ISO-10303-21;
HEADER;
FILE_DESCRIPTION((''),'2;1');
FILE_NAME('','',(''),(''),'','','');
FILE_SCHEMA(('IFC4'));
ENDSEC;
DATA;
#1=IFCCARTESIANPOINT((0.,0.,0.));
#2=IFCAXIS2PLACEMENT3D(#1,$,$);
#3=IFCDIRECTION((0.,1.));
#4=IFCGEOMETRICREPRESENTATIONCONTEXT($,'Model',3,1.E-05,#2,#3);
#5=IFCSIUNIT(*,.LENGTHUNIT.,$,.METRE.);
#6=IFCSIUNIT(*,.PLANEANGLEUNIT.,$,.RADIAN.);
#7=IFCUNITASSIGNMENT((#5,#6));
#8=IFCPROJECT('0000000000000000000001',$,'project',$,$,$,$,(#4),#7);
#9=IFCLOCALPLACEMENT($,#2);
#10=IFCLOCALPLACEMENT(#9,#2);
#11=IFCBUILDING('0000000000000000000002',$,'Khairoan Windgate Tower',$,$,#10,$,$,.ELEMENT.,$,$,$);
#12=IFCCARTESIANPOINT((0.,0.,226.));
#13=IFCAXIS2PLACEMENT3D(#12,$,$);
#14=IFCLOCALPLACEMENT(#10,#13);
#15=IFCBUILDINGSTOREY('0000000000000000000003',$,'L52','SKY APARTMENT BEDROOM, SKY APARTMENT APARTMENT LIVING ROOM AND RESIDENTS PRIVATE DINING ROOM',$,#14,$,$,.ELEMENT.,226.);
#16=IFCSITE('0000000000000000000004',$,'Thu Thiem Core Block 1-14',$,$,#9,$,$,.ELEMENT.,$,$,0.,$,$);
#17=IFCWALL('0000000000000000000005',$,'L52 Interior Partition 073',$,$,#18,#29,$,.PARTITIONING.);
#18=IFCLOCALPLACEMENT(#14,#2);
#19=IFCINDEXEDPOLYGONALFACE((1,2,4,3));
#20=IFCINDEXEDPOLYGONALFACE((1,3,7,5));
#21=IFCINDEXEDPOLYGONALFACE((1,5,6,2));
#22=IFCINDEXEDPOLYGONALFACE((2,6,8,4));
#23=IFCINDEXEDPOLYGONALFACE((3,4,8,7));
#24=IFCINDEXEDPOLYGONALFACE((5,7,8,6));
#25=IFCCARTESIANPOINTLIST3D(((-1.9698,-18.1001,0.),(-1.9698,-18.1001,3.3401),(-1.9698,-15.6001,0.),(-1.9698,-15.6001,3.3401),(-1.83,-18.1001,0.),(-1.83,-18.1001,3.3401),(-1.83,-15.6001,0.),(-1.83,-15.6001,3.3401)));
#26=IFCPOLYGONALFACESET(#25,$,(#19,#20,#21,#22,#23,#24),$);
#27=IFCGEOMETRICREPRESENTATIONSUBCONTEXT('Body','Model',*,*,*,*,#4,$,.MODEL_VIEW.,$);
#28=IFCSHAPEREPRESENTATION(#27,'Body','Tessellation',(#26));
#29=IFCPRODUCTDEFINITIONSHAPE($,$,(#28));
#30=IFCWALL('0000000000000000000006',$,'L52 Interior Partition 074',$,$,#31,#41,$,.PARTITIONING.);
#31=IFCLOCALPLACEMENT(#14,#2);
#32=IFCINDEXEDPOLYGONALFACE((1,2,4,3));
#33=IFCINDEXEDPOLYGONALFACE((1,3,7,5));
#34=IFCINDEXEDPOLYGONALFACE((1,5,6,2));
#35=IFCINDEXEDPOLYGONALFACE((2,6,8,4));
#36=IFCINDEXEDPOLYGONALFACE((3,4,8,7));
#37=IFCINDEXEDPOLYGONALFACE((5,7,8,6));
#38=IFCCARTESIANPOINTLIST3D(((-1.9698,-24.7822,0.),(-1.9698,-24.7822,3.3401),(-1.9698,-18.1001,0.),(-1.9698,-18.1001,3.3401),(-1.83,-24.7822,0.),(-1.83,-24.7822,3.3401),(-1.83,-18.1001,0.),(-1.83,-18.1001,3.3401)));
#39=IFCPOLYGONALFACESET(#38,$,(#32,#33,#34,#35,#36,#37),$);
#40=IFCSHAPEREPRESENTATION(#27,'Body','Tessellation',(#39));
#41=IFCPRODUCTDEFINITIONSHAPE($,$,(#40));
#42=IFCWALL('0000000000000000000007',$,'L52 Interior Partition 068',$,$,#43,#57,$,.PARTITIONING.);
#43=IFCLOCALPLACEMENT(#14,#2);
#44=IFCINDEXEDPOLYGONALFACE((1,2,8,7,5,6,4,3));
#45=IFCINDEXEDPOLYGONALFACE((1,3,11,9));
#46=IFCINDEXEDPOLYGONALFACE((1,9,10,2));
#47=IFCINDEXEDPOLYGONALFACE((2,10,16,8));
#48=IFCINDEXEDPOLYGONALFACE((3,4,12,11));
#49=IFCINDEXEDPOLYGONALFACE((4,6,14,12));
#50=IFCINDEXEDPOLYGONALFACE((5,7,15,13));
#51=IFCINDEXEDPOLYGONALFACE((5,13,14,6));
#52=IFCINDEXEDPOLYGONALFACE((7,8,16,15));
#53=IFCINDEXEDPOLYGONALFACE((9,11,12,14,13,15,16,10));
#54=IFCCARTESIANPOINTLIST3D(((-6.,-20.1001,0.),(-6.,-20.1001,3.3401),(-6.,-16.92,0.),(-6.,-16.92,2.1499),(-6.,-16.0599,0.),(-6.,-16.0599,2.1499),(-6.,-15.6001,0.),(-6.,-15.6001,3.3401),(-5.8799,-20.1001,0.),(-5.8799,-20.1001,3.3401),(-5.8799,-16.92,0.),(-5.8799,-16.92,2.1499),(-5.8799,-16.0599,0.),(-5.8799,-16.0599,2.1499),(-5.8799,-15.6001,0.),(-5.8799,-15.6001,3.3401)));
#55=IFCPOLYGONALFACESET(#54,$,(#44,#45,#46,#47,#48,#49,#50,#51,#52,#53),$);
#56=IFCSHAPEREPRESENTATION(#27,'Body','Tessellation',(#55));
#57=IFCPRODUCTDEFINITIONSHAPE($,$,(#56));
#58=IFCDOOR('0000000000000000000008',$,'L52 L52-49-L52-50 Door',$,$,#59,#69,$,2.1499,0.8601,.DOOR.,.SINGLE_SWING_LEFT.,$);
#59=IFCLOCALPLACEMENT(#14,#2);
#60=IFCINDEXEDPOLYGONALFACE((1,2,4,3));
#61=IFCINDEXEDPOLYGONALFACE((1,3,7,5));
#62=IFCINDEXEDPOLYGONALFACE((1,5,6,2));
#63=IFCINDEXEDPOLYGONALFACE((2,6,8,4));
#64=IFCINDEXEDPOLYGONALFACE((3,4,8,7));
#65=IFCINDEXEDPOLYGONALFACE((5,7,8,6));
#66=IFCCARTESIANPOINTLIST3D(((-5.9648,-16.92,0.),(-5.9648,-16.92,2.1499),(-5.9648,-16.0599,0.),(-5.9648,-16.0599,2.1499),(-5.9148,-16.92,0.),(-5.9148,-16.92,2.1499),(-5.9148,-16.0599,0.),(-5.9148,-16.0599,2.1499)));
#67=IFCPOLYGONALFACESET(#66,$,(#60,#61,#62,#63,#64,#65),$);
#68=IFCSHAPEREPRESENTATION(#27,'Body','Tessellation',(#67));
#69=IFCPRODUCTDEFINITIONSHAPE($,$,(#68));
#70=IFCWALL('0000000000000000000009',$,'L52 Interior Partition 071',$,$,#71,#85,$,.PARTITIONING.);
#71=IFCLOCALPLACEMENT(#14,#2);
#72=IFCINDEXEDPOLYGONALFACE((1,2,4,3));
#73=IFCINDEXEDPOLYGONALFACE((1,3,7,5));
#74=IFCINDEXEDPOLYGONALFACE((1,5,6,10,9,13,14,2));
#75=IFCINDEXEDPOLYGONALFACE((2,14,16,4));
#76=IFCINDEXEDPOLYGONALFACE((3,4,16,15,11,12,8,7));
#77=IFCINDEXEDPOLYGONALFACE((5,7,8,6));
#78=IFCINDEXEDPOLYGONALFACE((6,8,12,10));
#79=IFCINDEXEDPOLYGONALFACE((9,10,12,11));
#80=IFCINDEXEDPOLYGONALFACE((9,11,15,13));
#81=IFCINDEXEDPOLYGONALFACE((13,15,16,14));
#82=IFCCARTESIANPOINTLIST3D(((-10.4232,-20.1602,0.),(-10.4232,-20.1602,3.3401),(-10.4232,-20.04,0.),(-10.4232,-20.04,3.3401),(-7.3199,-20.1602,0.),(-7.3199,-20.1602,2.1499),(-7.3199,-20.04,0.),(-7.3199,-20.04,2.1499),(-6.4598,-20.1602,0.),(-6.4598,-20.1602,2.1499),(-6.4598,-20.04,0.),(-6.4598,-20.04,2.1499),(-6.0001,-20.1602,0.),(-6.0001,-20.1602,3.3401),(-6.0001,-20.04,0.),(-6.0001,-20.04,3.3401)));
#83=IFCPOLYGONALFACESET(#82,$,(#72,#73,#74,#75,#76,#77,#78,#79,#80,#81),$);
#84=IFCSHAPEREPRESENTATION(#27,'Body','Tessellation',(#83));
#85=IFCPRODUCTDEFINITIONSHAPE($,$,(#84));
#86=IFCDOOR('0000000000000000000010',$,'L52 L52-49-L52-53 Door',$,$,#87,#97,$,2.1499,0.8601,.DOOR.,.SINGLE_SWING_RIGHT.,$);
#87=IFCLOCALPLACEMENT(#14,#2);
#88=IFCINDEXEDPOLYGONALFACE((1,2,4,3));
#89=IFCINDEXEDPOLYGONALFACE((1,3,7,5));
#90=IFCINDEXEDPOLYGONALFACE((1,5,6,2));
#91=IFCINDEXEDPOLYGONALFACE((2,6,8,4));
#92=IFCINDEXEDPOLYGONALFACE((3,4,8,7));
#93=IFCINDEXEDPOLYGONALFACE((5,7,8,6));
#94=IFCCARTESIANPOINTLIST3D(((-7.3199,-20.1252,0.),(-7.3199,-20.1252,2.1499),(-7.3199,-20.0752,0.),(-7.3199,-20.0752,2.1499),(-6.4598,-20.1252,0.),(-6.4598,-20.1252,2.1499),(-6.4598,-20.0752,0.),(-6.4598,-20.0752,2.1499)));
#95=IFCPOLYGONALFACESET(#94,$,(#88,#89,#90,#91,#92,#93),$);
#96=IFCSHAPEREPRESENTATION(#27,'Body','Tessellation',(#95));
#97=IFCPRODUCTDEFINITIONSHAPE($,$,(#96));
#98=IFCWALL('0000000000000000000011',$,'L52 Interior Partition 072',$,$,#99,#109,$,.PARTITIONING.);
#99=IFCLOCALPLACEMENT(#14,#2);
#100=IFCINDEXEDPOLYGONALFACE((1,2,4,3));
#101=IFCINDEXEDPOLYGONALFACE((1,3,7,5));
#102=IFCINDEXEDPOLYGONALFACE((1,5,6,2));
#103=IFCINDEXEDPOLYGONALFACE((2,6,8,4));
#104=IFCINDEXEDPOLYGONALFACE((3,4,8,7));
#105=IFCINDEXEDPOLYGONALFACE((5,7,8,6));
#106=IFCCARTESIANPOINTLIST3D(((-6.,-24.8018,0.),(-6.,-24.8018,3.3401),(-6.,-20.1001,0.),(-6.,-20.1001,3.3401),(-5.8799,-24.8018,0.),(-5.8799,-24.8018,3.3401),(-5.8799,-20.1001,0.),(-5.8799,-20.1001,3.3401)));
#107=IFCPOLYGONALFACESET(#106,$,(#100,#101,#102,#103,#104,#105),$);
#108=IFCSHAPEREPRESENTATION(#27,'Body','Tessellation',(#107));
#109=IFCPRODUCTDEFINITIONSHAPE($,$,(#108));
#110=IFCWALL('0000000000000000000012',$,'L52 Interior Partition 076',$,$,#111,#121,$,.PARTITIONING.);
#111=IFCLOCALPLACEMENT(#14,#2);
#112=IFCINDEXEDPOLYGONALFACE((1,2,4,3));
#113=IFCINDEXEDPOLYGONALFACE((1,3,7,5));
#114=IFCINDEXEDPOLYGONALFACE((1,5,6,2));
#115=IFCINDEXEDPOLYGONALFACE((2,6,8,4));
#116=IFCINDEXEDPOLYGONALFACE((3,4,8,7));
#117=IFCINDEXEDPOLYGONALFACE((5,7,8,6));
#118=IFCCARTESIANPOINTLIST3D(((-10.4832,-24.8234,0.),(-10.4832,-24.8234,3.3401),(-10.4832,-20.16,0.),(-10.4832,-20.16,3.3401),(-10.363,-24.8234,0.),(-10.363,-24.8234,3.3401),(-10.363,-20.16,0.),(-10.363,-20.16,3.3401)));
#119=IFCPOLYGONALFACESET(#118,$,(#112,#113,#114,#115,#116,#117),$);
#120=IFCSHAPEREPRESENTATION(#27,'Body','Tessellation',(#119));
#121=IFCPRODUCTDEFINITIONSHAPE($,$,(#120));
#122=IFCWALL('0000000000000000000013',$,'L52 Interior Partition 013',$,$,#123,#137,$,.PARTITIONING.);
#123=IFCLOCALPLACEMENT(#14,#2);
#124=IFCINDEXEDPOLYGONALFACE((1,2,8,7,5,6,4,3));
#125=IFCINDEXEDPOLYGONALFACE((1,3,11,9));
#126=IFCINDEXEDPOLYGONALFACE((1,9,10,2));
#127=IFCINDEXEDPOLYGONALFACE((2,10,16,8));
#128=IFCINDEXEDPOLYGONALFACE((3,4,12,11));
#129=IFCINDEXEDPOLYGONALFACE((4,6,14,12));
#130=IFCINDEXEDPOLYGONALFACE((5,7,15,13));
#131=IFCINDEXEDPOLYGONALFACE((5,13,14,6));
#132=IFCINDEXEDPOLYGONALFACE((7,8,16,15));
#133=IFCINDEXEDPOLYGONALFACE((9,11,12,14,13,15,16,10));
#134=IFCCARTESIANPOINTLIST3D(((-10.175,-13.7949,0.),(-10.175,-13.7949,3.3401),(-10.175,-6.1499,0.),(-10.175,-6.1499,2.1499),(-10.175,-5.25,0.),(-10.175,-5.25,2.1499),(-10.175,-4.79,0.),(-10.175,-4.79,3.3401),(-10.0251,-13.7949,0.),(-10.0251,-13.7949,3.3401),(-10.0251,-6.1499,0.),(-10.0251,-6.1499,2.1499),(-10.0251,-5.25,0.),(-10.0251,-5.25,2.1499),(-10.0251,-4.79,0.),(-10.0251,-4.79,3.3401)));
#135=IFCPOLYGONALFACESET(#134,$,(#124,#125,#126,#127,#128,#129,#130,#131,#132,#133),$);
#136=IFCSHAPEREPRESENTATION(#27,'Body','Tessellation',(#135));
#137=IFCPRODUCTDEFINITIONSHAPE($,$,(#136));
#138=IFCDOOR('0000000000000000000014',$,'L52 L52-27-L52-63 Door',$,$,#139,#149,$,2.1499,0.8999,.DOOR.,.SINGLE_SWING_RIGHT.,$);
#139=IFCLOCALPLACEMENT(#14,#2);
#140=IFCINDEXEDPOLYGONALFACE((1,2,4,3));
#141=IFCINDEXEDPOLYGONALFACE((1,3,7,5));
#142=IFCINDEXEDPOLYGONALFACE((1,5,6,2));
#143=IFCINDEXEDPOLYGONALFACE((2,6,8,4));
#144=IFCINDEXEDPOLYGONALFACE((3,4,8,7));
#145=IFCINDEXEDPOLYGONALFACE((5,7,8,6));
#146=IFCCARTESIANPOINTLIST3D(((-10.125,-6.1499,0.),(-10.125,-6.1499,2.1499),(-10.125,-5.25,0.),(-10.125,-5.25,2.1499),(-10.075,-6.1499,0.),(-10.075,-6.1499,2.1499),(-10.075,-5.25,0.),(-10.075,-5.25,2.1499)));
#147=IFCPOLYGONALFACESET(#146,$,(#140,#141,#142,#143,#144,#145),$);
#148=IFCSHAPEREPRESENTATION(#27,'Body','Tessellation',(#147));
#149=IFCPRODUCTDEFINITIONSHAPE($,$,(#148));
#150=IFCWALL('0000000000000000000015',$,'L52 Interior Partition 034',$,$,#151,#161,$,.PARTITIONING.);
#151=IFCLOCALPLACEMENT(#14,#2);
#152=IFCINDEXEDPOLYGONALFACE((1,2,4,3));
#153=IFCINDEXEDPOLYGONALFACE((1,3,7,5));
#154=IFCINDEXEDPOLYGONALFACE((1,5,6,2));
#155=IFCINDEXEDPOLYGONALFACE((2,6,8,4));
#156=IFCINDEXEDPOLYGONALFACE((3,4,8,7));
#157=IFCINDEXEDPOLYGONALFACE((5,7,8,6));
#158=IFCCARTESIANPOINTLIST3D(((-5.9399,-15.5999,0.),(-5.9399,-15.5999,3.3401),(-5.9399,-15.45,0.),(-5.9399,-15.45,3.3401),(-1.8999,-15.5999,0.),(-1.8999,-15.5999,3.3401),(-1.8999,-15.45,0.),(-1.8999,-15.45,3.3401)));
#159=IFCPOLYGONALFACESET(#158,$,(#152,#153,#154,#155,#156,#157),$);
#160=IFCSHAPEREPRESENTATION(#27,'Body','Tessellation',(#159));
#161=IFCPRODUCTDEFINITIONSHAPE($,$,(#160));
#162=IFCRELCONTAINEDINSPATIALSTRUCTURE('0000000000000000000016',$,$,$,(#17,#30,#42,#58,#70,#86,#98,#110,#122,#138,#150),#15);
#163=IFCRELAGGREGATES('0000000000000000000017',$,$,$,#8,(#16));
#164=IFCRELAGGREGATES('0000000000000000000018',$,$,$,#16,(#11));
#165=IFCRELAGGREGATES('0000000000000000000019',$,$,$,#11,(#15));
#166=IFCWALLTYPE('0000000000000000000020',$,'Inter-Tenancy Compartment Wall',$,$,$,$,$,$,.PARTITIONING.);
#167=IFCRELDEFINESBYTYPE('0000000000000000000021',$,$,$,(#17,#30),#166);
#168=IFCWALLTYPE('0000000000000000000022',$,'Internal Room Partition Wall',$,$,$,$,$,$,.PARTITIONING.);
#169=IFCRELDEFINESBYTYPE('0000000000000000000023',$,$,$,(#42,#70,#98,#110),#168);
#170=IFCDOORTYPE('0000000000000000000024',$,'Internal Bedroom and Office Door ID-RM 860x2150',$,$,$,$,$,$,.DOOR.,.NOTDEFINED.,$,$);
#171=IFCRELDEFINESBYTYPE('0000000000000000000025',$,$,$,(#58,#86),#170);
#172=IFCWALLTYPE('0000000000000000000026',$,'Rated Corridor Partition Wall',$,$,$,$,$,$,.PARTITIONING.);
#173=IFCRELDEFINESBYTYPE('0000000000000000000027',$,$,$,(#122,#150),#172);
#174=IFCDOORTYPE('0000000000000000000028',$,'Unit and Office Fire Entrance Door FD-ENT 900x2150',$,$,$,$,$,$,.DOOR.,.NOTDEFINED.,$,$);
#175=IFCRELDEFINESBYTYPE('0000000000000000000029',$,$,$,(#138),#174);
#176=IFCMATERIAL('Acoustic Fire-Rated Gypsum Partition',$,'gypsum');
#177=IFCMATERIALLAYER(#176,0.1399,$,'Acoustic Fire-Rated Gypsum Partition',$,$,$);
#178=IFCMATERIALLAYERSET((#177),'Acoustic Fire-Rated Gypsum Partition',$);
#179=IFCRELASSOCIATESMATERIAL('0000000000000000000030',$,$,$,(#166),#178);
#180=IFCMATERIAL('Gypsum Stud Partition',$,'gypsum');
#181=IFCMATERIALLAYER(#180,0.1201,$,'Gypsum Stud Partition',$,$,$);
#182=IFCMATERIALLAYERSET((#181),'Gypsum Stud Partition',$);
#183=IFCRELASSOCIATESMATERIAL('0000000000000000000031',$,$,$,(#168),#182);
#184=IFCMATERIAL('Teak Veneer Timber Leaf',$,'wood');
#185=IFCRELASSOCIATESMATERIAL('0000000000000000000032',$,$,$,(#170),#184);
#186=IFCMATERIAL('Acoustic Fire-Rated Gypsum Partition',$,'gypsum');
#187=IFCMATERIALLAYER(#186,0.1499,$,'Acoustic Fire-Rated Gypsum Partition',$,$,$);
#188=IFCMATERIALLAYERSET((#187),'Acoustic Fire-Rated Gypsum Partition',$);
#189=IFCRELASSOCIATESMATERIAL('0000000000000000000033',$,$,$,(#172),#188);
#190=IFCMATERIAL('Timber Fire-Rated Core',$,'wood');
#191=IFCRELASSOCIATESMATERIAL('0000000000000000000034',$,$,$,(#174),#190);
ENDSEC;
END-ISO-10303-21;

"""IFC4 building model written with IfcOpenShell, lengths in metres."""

from ifc_helpers import new_model, si_unit, direction, frame, frame_2d, origin, place, context, subcontext, project, spatial, rectangle, extrude, material, layer, layer_set, type_object, element, fill, save


model = new_model("IFC4")

# Units and contexts
model_context = context("Model", 3, precision=1e-05, world=origin(), true_north=direction((0.0, 1.0)))
body_context = subcontext(model_context, "Body", "Model", "MODEL_VIEW")
ifc_project = project(units=[si_unit("LENGTHUNIT", "METRE"), si_unit("PLANEANGLEUNIT", "RADIAN")], contexts=[model_context])

# Site, building, storey
site_placement = place(None, origin())
site = spatial("IfcSite", under=ifc_project, at=site_placement, Name="Thu Thiem Core Block 1-14", CompositionType="ELEMENT", RefElevation=0.0)
building_placement = place(site_placement, origin())
building = spatial("IfcBuilding", under=site, at=building_placement, Name="Khairoan Windgate Tower", CompositionType="ELEMENT")
storey_placement = place(building_placement, frame((0.0, 0.0, 226.0)))
storey = spatial("IfcBuildingStorey", under=building, at=storey_placement, Name="L52", Description="SKY APARTMENT BEDROOM, SKY APARTMENT APARTMENT LIVING ROOM AND RESIDENTS PRIVATE DINING ROOM", CompositionType="ELEMENT", Elevation=226.0)

# Walls
ifc_material_1 = material(Name="Acoustic Fire-Rated Gypsum Partition", Category="gypsum")
ifc_layer_1 = layer(ifc_material_1, 0.1399, Name="Acoustic Fire-Rated Gypsum Partition")
ifc_layer_set_1 = layer_set([ifc_layer_1], Name="Acoustic Fire-Rated Gypsum Partition")
wall_type_1 = type_object("IfcWallType", Name="Inter-Tenancy Compartment Wall", PredefinedType="PARTITIONING", material=ifc_layer_set_1)
wall_1_placement = place(storey_placement, frame((-1.8999, -18.1001, 0.0), z_axis=(0.0, 0.0, 1.0), x_axis=(0.0, 1.0, 0.0)))
element("IfcWall", 1, at=wall_1_placement, inside=storey, type_object=wall_type_1, Name="L52 Interior Partition 073", PredefinedType="PARTITIONING", context=body_context, shape_type="SweptSolid", body=[
    extrude(rectangle(XDim=2.5, YDim=0.1399, at=frame_2d((1.25, 0.0))), origin(), (0.0, 0.0, 1.0), 3.3401),
])
wall_2_placement = place(storey_placement, frame((-1.8999, -24.7822, 0.0), z_axis=(0.0, 0.0, 1.0), x_axis=(0.0, 1.0, 0.0)))
element("IfcWall", 2, at=wall_2_placement, inside=storey, type_object=wall_type_1, Name="L52 Interior Partition 074", PredefinedType="PARTITIONING", context=body_context, shape_type="SweptSolid", body=[
    extrude(rectangle(XDim=6.6821, YDim=0.1399, at=frame_2d((3.3411, 0.0))), origin(), (0.0, 0.0, 1.0), 3.3401),
])

# Walls, openings, doors
ifc_material_2 = material(Name="Gypsum Stud Partition", Category="gypsum")
ifc_layer_2 = layer(ifc_material_2, 0.1201, Name="Gypsum Stud Partition")
ifc_layer_set_2 = layer_set([ifc_layer_2], Name="Gypsum Stud Partition")
wall_type_2 = type_object("IfcWallType", Name="Internal Room Partition Wall", PredefinedType="PARTITIONING", material=ifc_layer_set_2)
wall_3_placement = place(storey_placement, frame((-5.9399, -20.1001, 0.0), z_axis=(0.0, 0.0, 1.0), x_axis=(0.0, 1.0, 0.0)))
wall_3 = element("IfcWall", 3, at=wall_3_placement, inside=storey, type_object=wall_type_2, Name="L52 Interior Partition 068", PredefinedType="PARTITIONING", context=body_context, shape_type="SweptSolid", body=[
    extrude(rectangle(XDim=4.5, YDim=0.1201, at=frame_2d((2.25, 0.0))), origin(), (0.0, 0.0, 1.0), 3.3401),
])
opening_1_placement = place(wall_3_placement, frame((3.1799, 0.0, 0.0)))
opening_1 = element("IfcOpeningElement", 4, at=opening_1_placement, cuts=wall_3, PredefinedType="OPENING", context=body_context, shape_type="SweptSolid", body=[
    extrude(rectangle(XDim=0.8601, YDim=2.1499, at=frame_2d((0.4302, 1.075))), frame((0.0, 0.0701, 0.0), z_axis=(0.0, -1.0, 0.0), x_axis=(1.0, 0.0, 0.0)), (0.0, 0.0, 1.0), 0.1401),
])
ifc_material_3 = material(Name="Teak Veneer Timber Leaf", Category="wood")
door_type_1 = type_object("IfcDoorType", Name="Internal Bedroom and Office Door ID-RM 860x2150", OperationType="NOTDEFINED", PredefinedType="DOOR", material=ifc_material_3)
door_1_placement = place(opening_1_placement, origin())
door_1 = element("IfcDoor", 5, at=door_1_placement, inside=storey, type_object=door_type_1, Name="L52 L52-49-L52-50 Door", OperationType="SINGLE_SWING_LEFT", OverallHeight=2.1499, OverallWidth=0.8601, PredefinedType="DOOR", context=body_context, shape_type="SweptSolid", body=[
    extrude(rectangle(XDim=0.8601, YDim=2.1499, at=frame_2d((0.4302, 1.075))), frame((0.0, 0.0249, 0.0), z_axis=(0.0, -1.0, 0.0), x_axis=(1.0, 0.0, 0.0)), (0.0, 0.0, 1.0), 0.05),
])
fill(opening_1, door_1)
wall_4_placement = place(storey_placement, frame((-10.4231, -20.1001, 0.0), z_axis=(0.0, 0.0, 1.0), x_axis=(1.0, 0.0, 0.0)))
wall_4 = element("IfcWall", 6, at=wall_4_placement, inside=storey, type_object=wall_type_2, Name="L52 Interior Partition 071", PredefinedType="PARTITIONING", context=body_context, shape_type="SweptSolid", body=[
    extrude(rectangle(XDim=4.4231, YDim=0.1201, at=frame_2d((2.2114, 0.0))), origin(), (0.0, 0.0, 1.0), 3.3401),
])
opening_2_placement = place(wall_4_placement, frame((3.103, 0.0, 0.0)))
opening_2 = element("IfcOpeningElement", 7, at=opening_2_placement, cuts=wall_4, PredefinedType="OPENING", context=body_context, shape_type="SweptSolid", body=[
    extrude(rectangle(XDim=0.8601, YDim=2.1499, at=frame_2d((0.4302, 1.075))), frame((0.0, 0.0701, 0.0), z_axis=(0.0, -1.0, 0.0), x_axis=(1.0, 0.0, 0.0)), (0.0, 0.0, 1.0), 0.1401),
])
door_2_placement = place(opening_2_placement, origin())
door_2 = element("IfcDoor", 8, at=door_2_placement, inside=storey, type_object=door_type_1, Name="L52 L52-49-L52-53 Door", OperationType="SINGLE_SWING_RIGHT", OverallHeight=2.1499, OverallWidth=0.8601, PredefinedType="DOOR", context=body_context, shape_type="SweptSolid", body=[
    extrude(rectangle(XDim=0.8601, YDim=2.1499, at=frame_2d((0.4302, 1.075))), frame((0.0, 0.0249, 0.0), z_axis=(0.0, -1.0, 0.0), x_axis=(1.0, 0.0, 0.0)), (0.0, 0.0, 1.0), 0.05),
])
fill(opening_2, door_2)

# Walls
wall_5_placement = place(storey_placement, frame((-5.9399, -24.8018, 0.0), z_axis=(0.0, 0.0, 1.0), x_axis=(0.0, 1.0, 0.0)))
element("IfcWall", 9, at=wall_5_placement, inside=storey, type_object=wall_type_2, Name="L52 Interior Partition 072", PredefinedType="PARTITIONING", context=body_context, shape_type="SweptSolid", body=[
    extrude(rectangle(XDim=4.7017, YDim=0.1201, at=frame_2d((2.3508, 0.0))), origin(), (0.0, 0.0, 1.0), 3.3401),
])
wall_6_placement = place(storey_placement, frame((-10.4231, -24.8232, 0.0), z_axis=(0.0, 0.0, 1.0), x_axis=(0.0, 1.0, 0.0)))
element("IfcWall", 10, at=wall_6_placement, inside=storey, type_object=wall_type_2, Name="L52 Interior Partition 076", PredefinedType="PARTITIONING", context=body_context, shape_type="SweptSolid", body=[
    extrude(rectangle(XDim=4.6633, YDim=0.1201, at=frame_2d((2.3315, 0.0))), origin(), (0.0, 0.0, 1.0), 3.3401),
])

# Wall, opening, door
ifc_material_4 = material(Name="Acoustic Fire-Rated Gypsum Partition", Category="gypsum")
ifc_layer_3 = layer(ifc_material_4, 0.1499, Name="Acoustic Fire-Rated Gypsum Partition")
ifc_layer_set_3 = layer_set([ifc_layer_3], Name="Acoustic Fire-Rated Gypsum Partition")
wall_type_3 = type_object("IfcWallType", Name="Rated Corridor Partition Wall", PredefinedType="PARTITIONING", material=ifc_layer_set_3)
wall_7_placement = place(storey_placement, frame((-10.1001, -13.7949, 0.0), z_axis=(0.0, 0.0, 1.0), x_axis=(0.0, 1.0, 0.0)))
wall_7 = element("IfcWall", 11, at=wall_7_placement, inside=storey, type_object=wall_type_3, Name="L52 Interior Partition 013", PredefinedType="PARTITIONING", context=body_context, shape_type="SweptSolid", body=[
    extrude(rectangle(XDim=9.0049, YDim=0.1499, at=frame_2d((4.5024, 0.0))), origin(), (0.0, 0.0, 1.0), 3.3401),
])
opening_3_placement = place(wall_7_placement, frame((7.645, 0.0, 0.0)))
opening_3 = element("IfcOpeningElement", 12, at=opening_3_placement, cuts=wall_7, PredefinedType="OPENING", context=body_context, shape_type="SweptSolid", body=[
    extrude(rectangle(XDim=0.8999, YDim=2.1499, at=frame_2d((0.45, 1.075))), frame((0.0, 0.085, 0.0), z_axis=(0.0, -1.0, 0.0), x_axis=(1.0, 0.0, 0.0)), (0.0, 0.0, 1.0), 0.1699),
])
ifc_material_5 = material(Name="Timber Fire-Rated Core", Category="wood")
door_type_2 = type_object("IfcDoorType", Name="Unit and Office Fire Entrance Door FD-ENT 900x2150", OperationType="NOTDEFINED", PredefinedType="DOOR", material=ifc_material_5)
door_3_placement = place(opening_3_placement, origin())
door_3 = element("IfcDoor", 13, at=door_3_placement, inside=storey, type_object=door_type_2, Name="L52 L52-27-L52-63 Door", OperationType="SINGLE_SWING_RIGHT", OverallHeight=2.1499, OverallWidth=0.8999, PredefinedType="DOOR", context=body_context, shape_type="SweptSolid", body=[
    extrude(rectangle(XDim=0.8999, YDim=2.1499, at=frame_2d((0.45, 1.075))), frame((0.0, 0.0249, 0.0), z_axis=(0.0, -1.0, 0.0), x_axis=(1.0, 0.0, 0.0)), (0.0, 0.0, 1.0), 0.05),
])
fill(opening_3, door_3)

# Wall
wall_8_placement = place(storey_placement, frame((-5.9399, -15.5249, 0.0), z_axis=(0.0, 0.0, 1.0), x_axis=(1.0, 0.0, 0.0)))
element("IfcWall", 14, at=wall_8_placement, inside=storey, type_object=wall_type_3, Name="L52 Interior Partition 034", PredefinedType="PARTITIONING", context=body_context, shape_type="SweptSolid", body=[
    extrude(rectangle(XDim=4.04, YDim=0.1499, at=frame_2d((2.02, 0.0))), origin(), (0.0, 0.0, 1.0), 3.3401),
])

save(model, "model.ifc")
